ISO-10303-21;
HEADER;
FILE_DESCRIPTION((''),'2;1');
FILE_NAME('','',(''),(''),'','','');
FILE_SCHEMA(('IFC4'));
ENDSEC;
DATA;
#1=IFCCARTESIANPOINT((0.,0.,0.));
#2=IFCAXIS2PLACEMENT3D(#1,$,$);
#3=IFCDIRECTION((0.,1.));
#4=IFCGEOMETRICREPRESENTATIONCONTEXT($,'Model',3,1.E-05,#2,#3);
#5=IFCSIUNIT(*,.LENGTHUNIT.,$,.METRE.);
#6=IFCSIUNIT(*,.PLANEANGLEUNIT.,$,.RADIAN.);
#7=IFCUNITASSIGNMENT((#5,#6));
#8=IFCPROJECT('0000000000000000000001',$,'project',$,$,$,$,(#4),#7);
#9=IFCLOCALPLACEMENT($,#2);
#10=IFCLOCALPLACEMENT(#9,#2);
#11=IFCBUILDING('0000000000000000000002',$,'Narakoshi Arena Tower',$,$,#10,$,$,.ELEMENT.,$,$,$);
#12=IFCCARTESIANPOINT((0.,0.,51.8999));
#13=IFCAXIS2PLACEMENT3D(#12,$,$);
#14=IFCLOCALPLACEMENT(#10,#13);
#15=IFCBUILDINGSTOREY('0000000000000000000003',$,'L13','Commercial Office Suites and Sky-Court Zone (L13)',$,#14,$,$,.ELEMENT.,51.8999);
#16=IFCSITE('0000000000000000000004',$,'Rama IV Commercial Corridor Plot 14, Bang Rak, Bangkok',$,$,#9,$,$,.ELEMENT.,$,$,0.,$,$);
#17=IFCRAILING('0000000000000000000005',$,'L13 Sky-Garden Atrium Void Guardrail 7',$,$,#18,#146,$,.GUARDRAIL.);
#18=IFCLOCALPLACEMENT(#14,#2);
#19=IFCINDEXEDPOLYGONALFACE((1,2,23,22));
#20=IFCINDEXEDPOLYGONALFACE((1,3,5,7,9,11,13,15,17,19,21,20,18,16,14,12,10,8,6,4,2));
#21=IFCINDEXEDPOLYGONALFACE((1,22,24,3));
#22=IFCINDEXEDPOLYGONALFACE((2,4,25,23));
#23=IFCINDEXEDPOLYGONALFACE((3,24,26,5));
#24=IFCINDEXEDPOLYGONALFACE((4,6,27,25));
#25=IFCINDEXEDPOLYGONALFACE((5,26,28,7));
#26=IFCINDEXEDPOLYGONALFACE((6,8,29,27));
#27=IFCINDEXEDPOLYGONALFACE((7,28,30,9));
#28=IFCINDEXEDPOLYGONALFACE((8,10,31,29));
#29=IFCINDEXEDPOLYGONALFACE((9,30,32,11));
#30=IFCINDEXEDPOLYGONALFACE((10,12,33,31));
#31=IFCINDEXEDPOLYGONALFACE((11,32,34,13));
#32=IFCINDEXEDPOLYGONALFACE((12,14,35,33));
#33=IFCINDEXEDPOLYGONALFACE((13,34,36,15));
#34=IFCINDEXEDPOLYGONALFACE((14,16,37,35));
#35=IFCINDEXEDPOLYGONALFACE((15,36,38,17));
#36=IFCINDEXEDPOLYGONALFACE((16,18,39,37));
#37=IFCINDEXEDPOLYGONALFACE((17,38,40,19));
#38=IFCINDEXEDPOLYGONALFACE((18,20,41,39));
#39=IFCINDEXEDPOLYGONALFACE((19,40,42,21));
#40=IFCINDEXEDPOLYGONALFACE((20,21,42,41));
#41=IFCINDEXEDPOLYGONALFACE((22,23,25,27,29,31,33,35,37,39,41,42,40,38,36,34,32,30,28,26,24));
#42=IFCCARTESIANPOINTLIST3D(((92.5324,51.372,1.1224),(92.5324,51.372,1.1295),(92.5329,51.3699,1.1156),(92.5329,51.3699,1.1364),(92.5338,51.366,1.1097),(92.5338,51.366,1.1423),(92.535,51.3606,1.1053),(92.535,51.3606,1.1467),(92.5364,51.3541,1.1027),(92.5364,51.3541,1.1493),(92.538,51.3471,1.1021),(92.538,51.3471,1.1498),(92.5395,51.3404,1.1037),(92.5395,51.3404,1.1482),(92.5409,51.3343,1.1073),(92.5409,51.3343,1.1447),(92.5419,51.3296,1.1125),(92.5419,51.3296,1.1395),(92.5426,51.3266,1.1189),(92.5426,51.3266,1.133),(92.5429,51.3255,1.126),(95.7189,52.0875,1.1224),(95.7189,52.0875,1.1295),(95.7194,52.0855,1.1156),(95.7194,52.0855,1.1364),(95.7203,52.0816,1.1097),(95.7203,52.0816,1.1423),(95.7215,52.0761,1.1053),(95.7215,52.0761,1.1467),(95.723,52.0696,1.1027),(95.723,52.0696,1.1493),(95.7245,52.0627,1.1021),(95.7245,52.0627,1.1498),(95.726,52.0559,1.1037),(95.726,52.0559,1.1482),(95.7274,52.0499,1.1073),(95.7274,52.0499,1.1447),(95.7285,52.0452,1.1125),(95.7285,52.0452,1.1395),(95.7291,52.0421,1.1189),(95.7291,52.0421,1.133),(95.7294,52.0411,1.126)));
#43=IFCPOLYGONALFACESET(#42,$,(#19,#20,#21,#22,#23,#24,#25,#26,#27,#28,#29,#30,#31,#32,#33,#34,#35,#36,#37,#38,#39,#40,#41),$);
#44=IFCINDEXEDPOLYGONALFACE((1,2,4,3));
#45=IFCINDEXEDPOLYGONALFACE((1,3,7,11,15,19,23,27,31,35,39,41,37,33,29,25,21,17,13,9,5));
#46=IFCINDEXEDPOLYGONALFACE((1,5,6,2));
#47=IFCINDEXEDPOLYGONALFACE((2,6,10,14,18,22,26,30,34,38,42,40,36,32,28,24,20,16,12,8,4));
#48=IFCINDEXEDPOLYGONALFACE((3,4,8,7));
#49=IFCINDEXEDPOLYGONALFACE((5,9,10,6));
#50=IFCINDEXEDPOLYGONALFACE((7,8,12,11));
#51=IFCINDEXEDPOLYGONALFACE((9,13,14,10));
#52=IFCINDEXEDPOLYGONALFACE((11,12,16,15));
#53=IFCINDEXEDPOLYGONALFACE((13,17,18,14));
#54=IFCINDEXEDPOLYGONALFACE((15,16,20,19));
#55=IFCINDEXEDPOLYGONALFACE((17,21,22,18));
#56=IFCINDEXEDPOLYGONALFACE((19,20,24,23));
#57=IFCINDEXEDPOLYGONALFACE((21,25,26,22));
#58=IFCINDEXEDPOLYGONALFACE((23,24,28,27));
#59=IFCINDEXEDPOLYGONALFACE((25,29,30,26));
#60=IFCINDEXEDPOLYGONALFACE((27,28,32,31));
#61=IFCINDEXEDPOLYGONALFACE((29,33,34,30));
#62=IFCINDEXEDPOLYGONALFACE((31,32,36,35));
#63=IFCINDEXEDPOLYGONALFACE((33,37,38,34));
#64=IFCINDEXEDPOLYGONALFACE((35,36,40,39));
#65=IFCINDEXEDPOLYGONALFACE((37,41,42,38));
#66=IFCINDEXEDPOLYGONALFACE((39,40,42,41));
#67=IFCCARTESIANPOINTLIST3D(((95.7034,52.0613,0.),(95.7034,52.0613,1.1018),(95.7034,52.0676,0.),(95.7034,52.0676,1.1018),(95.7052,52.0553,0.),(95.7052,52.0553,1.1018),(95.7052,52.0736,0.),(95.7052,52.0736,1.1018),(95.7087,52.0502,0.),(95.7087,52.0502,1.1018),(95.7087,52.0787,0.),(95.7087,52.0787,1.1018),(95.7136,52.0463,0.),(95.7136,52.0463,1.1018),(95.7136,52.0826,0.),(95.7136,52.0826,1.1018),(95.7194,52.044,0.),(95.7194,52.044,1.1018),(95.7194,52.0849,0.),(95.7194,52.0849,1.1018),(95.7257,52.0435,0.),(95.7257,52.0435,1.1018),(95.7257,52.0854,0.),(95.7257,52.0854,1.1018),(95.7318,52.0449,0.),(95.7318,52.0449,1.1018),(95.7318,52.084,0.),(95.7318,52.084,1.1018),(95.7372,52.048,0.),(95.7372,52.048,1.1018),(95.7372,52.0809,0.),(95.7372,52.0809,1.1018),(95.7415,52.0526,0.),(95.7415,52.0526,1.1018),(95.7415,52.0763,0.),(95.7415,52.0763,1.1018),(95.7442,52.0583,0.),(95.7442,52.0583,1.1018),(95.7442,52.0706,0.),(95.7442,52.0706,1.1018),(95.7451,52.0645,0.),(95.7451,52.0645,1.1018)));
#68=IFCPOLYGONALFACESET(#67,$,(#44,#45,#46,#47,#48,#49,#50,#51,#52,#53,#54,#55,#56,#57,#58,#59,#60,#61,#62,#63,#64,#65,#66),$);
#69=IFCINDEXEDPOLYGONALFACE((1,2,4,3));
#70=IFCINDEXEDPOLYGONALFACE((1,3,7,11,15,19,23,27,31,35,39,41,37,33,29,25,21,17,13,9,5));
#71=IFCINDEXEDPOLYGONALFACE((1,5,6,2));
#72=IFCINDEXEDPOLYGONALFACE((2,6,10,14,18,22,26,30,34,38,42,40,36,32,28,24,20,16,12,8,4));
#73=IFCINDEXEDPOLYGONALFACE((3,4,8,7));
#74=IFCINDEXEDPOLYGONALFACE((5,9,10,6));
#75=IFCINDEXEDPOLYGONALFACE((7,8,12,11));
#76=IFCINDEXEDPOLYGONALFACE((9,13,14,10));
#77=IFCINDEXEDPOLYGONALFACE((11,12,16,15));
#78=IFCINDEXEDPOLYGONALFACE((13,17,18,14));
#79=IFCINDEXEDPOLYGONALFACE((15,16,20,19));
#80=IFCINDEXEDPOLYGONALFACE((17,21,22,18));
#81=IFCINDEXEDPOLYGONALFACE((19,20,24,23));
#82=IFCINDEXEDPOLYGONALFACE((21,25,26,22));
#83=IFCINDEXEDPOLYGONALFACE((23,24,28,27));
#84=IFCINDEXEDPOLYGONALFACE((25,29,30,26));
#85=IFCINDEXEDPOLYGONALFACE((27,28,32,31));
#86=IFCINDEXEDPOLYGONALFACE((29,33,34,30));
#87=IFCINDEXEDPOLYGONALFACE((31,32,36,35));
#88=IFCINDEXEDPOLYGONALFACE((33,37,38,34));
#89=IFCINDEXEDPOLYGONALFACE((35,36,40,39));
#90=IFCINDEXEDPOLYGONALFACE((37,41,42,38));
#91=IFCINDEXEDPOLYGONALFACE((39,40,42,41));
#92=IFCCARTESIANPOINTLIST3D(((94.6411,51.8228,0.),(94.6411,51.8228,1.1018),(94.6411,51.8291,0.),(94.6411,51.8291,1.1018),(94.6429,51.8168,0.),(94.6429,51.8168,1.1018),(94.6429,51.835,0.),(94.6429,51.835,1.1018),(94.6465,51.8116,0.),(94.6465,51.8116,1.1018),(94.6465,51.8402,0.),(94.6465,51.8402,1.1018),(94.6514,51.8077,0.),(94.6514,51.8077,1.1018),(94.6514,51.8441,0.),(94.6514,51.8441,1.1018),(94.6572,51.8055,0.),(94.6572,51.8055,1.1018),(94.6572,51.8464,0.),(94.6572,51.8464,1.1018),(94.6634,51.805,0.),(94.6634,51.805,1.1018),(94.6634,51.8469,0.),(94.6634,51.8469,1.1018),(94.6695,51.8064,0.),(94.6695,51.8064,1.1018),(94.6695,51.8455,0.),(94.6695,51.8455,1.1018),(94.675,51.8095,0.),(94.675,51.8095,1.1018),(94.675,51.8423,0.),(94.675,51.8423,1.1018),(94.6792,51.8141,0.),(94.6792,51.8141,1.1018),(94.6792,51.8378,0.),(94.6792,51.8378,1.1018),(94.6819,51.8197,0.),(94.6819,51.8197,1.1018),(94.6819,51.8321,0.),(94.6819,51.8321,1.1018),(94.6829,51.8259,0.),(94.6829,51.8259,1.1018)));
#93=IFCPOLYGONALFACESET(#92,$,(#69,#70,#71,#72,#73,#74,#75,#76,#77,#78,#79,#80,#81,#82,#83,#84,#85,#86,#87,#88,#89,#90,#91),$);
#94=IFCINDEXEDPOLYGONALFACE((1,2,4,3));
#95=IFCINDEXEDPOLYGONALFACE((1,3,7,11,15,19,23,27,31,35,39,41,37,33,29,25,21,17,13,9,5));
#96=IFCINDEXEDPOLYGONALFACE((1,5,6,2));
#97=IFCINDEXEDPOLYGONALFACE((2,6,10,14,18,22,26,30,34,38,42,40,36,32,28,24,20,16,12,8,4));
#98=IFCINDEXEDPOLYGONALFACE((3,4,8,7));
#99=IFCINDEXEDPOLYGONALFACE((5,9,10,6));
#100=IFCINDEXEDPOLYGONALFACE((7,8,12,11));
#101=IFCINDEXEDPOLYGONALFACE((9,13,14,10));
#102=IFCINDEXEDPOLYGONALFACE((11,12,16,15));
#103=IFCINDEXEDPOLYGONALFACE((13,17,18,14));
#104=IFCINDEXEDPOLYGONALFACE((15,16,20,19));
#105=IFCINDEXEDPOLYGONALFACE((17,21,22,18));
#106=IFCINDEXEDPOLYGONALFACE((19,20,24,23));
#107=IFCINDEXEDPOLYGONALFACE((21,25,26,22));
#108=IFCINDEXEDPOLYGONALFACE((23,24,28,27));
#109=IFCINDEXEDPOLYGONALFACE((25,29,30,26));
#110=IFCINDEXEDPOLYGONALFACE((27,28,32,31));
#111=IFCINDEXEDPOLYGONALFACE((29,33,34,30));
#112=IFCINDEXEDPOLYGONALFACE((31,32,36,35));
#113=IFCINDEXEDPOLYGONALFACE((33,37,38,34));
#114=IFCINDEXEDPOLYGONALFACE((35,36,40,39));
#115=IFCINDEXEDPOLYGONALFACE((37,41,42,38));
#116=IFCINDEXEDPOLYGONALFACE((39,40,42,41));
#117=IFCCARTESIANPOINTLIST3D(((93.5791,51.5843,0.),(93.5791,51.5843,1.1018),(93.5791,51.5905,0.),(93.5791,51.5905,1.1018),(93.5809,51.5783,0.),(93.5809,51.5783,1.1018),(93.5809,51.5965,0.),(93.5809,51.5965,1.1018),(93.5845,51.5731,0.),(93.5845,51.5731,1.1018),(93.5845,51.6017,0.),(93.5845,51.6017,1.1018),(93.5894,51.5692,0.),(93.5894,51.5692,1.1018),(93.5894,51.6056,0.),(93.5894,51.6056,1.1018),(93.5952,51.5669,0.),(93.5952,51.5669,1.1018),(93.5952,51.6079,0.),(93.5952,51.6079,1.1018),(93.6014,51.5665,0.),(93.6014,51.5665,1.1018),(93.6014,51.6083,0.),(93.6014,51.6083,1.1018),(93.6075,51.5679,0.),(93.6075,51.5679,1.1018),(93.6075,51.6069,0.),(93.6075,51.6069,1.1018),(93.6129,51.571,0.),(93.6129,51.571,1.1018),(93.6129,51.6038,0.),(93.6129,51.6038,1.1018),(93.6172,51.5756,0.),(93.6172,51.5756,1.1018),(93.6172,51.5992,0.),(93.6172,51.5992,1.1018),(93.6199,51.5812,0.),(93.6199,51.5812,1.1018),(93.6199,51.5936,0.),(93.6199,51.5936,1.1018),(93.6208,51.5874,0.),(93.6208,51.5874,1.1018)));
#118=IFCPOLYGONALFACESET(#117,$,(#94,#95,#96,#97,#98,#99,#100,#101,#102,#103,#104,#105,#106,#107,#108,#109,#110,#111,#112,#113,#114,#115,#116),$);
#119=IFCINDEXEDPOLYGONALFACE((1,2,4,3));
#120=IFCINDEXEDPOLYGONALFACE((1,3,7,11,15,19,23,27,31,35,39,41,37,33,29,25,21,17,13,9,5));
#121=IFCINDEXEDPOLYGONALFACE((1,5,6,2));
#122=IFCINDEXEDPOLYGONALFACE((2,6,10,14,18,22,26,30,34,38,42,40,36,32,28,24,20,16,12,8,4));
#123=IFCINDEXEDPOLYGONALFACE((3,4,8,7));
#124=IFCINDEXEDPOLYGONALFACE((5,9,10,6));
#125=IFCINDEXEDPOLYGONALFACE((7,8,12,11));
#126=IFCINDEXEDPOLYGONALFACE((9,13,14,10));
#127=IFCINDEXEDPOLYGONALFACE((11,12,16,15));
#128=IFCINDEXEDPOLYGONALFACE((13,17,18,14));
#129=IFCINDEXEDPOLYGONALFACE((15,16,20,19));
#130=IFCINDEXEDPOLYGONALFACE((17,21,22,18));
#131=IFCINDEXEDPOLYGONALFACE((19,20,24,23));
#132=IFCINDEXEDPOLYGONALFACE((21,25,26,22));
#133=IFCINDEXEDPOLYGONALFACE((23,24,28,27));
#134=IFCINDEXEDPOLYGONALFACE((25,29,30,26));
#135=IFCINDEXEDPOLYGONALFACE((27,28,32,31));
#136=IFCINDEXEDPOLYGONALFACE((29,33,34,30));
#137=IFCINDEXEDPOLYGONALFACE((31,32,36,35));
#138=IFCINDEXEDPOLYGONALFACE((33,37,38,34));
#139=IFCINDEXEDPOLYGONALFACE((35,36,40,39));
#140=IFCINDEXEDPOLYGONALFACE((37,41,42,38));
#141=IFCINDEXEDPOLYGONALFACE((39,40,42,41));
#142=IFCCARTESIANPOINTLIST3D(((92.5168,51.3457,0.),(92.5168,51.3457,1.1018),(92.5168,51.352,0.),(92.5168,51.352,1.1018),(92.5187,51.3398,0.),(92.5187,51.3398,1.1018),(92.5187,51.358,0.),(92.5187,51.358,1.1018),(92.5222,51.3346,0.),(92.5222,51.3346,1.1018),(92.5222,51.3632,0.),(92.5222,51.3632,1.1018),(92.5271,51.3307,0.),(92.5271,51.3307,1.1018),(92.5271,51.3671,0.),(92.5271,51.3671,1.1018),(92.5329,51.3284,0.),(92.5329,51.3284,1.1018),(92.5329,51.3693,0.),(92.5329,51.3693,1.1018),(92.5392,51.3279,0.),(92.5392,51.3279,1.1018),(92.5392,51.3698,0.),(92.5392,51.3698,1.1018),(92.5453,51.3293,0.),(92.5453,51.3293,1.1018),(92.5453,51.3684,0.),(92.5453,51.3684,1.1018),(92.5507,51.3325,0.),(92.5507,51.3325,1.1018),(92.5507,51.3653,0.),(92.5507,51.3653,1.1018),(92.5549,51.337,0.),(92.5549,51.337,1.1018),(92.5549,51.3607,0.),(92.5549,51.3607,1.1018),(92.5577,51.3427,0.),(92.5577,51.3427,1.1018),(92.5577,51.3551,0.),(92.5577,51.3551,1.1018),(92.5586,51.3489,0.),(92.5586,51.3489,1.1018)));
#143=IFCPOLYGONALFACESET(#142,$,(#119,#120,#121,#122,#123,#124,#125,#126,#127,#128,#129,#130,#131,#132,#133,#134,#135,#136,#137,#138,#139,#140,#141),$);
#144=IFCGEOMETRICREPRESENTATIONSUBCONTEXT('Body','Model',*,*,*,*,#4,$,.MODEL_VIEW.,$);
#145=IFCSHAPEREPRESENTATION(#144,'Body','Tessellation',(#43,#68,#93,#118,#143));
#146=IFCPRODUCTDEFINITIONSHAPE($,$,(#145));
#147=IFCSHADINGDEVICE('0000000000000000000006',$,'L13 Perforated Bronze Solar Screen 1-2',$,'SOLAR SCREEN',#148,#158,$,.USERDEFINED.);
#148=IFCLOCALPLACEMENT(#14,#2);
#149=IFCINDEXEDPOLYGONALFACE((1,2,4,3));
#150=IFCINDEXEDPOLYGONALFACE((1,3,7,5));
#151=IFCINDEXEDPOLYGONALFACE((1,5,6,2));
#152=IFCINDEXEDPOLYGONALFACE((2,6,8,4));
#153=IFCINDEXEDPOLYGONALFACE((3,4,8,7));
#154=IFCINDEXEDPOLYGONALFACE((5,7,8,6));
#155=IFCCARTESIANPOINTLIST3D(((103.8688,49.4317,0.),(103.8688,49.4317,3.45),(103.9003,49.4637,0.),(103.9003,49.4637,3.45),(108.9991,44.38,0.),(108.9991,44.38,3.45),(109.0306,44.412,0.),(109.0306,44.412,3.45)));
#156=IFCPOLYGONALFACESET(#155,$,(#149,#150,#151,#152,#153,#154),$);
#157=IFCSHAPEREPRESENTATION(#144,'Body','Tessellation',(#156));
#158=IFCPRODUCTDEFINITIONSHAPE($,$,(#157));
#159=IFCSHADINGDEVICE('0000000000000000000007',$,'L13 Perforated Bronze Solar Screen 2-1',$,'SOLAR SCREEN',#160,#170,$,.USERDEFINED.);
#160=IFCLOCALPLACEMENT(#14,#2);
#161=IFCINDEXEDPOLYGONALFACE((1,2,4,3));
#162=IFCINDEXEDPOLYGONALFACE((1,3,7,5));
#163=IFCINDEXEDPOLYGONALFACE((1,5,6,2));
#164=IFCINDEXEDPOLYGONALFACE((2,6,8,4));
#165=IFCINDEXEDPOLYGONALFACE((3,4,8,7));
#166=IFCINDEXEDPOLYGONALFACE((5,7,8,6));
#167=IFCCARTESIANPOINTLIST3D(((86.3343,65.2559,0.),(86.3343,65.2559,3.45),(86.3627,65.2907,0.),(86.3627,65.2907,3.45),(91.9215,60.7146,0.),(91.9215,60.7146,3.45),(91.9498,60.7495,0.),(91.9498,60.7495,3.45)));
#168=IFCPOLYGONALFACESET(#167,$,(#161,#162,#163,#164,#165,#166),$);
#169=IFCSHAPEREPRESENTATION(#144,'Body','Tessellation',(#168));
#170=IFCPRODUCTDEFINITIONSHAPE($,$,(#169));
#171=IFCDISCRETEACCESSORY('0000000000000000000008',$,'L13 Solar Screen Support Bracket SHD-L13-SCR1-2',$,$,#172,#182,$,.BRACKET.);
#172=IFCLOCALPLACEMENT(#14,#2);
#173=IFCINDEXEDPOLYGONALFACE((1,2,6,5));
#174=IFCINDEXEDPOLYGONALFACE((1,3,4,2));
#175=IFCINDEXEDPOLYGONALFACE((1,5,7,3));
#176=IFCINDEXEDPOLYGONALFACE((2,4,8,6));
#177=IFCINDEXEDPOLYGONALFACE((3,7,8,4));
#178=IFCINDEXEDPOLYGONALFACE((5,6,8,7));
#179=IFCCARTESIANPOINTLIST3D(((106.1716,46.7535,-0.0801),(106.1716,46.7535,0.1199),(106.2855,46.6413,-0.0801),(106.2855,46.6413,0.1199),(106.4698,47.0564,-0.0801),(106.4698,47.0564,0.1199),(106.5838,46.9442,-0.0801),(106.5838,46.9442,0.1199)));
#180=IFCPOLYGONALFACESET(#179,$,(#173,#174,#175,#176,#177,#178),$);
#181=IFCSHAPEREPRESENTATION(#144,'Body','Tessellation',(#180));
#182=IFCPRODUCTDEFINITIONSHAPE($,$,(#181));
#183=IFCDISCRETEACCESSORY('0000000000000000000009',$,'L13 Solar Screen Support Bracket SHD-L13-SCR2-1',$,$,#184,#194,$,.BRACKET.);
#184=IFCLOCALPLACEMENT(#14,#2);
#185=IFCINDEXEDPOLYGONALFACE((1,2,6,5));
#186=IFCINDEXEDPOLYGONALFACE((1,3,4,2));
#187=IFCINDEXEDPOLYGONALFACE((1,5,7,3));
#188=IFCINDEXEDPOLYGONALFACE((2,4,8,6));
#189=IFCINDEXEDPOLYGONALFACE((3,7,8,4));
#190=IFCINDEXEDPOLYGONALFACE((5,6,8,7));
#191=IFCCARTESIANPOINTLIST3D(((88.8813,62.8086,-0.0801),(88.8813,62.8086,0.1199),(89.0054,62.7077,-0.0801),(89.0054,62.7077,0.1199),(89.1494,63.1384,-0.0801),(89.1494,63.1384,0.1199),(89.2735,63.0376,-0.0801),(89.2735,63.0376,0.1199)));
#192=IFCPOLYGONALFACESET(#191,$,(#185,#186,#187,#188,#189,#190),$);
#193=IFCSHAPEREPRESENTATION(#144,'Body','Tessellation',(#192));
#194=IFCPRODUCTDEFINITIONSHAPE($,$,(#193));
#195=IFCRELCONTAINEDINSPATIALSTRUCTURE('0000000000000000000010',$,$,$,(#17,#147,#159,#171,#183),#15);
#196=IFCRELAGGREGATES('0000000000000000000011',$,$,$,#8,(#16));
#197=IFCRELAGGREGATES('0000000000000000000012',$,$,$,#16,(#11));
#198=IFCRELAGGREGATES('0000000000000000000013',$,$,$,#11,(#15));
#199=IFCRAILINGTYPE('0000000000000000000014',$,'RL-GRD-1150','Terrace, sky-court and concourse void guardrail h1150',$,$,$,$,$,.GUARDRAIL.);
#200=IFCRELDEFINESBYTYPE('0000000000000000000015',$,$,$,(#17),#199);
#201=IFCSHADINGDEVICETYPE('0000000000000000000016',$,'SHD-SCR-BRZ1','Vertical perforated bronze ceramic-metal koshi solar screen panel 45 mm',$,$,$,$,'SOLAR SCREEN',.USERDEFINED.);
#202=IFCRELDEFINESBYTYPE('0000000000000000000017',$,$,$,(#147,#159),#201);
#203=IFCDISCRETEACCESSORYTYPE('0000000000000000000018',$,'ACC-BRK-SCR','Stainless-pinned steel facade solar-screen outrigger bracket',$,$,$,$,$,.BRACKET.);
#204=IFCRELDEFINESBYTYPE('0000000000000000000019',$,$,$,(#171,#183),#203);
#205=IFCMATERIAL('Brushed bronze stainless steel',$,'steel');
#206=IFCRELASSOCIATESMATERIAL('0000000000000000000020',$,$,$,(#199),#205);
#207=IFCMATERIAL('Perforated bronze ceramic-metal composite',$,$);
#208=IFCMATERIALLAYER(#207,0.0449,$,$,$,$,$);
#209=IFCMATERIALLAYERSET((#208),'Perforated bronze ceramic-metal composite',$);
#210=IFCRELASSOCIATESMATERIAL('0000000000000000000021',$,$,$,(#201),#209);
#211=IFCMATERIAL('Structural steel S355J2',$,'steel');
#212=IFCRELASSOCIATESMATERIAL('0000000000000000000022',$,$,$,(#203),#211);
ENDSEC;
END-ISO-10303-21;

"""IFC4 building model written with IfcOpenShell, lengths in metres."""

from ifc_helpers import new_model, si_unit, direction, frame, origin, origin_2d, place, context, subcontext, project, spatial, rectangle, circle, extrude, material, layer, layer_set, type_object, element, save


model = new_model("IFC4")

# Units and contexts
model_context = context("Model", 3, precision=1e-05, world=origin(), true_north=direction((0.0, 1.0)))
body_context = subcontext(model_context, "Body", "Model", "MODEL_VIEW")
ifc_project = project(units=[si_unit("LENGTHUNIT", "METRE"), si_unit("PLANEANGLEUNIT", "RADIAN")], contexts=[model_context])

# Site, building, storey
site_placement = place(None, origin())
site = spatial("IfcSite", under=ifc_project, at=site_placement, Name="Rama IV Commercial Corridor Plot 14, Bang Rak, Bangkok", CompositionType="ELEMENT", RefElevation=0.0)
building_placement = place(site_placement, origin())
building = spatial("IfcBuilding", under=site, at=building_placement, Name="Narakoshi Arena Tower", CompositionType="ELEMENT")
storey_placement = place(building_placement, frame((0.0, 0.0, 51.8999)))
storey = spatial("IfcBuildingStorey", under=building, at=storey_placement, Name="L13", Description="Commercial Office Suites and Sky-Court Zone (L13)", CompositionType="ELEMENT", Elevation=51.8999)

# Shared definitions
ifc_material_1 = material(Name="Structural steel S355J2", Category="steel")

# Railing
ifc_material_2 = material(Name="Brushed bronze stainless steel", Category="steel")
railing_type = type_object("IfcRailingType", Name="RL-GRD-1150", Description="Terrace, sky-court and concourse void guardrail h1150", PredefinedType="GUARDRAIL", material=ifc_material_2)
railing_1_placement = place(storey_placement, frame((95.7241, 52.0645, 0.0)))
element("IfcRailing", 1, at=railing_1_placement, inside=storey, type_object=railing_type, Name="L13 Sky-Garden Atrium Void Guardrail 7", PredefinedType="GUARDRAIL", context=body_context, shape_type="SweptSolid", body=[
    extrude(circle(Radius=0.0239, at=origin_2d()), frame((0.0, 0.0, 1.126), z_axis=(-0.975701, -0.219107, 0.0), x_axis=(0.219107, -0.975701, 0.0)), (0.0, 0.0, 1.0), 3.2659),
    extrude(circle(Radius=0.021, at=origin_2d()), origin(), (0.0, 0.0, 1.0), 1.1018),
    extrude(circle(Radius=0.021, at=origin_2d()), frame((-1.0623, -0.2385, 0.0)), (0.0, 0.0, 1.0), 1.1018),
    extrude(circle(Radius=0.021, at=origin_2d()), frame((-2.1243, -0.4771, 0.0)), (0.0, 0.0, 1.0), 1.1018),
    extrude(circle(Radius=0.021, at=origin_2d()), frame((-3.1865, -0.7156, 0.0)), (0.0, 0.0, 1.0), 1.1018),
])

# Shading devices
ifc_material_3 = material(Name="Perforated bronze ceramic-metal composite")
ifc_layer_1 = layer(ifc_material_3, 0.0449)
ifc_layer_set_1 = layer_set([ifc_layer_1], Name="Perforated bronze ceramic-metal composite")
shading_device_type = type_object("IfcShadingDeviceType", Name="SHD-SCR-BRZ1", Description="Vertical perforated bronze ceramic-metal koshi solar screen panel 45 mm", ElementType="SOLAR SCREEN", PredefinedType="USERDEFINED", material=ifc_layer_set_1)
for number, where, z_axis, x_axis, name in (
    (2, (106.4497, 46.9219, 0.0), (0.0, 0.0, 1.0), (-0.712541, 0.701631, 0.0), "L13 Perforated Bronze Solar Screen 1-2"),
    (3, (89.1421, 63.0027, 0.0), (0.0, 0.0, 1.0), (-0.776002, 0.63073, 0.0), "L13 Perforated Bronze Solar Screen 2-1"),
):
    element("IfcShadingDevice", number, at=place(storey_placement, frame(where, z_axis=z_axis, x_axis=x_axis)), inside=storey, type_object=shading_device_type, Name=name, ObjectType="SOLAR SCREEN", PredefinedType="USERDEFINED", context=body_context, shape_type="SweptSolid", body=[
        extrude(rectangle(XDim=7.2, YDim=0.0449, at=origin_2d()), origin(), (0.0, 0.0, 1.0), 3.45),
    ])

# Discrete accessories
discrete_accessory_type = type_object("IfcDiscreteAccessoryType", Name="ACC-BRK-SCR", Description="Stainless-pinned steel facade solar-screen outrigger bracket", PredefinedType="BRACKET", material=ifc_material_1)
for number, where, z_axis, x_axis, name in (
    (4, (106.3777, 46.8489, -0.0801), (0.0, 0.0, 1.0), (-0.712541, 0.701631, 0.0), "L13 Solar Screen Support Bracket SHD-L13-SCR1-2"),
    (5, (89.0774, 62.9231, -0.0801), (0.0, 0.0, 1.0), (-0.776002, 0.63073, 0.0), "L13 Solar Screen Support Bracket SHD-L13-SCR2-1"),
):
    element("IfcDiscreteAccessory", number, at=place(storey_placement, frame(where, z_axis=z_axis, x_axis=x_axis)), inside=storey, type_object=discrete_accessory_type, Name=name, PredefinedType="BRACKET", context=body_context, shape_type="SweptSolid", body=[
        extrude(rectangle(XDim=0.1599, YDim=0.425, at=origin_2d()), origin(), (0.0, 0.0, 1.0), 0.2),
    ])

save(model, "model.ifc")
